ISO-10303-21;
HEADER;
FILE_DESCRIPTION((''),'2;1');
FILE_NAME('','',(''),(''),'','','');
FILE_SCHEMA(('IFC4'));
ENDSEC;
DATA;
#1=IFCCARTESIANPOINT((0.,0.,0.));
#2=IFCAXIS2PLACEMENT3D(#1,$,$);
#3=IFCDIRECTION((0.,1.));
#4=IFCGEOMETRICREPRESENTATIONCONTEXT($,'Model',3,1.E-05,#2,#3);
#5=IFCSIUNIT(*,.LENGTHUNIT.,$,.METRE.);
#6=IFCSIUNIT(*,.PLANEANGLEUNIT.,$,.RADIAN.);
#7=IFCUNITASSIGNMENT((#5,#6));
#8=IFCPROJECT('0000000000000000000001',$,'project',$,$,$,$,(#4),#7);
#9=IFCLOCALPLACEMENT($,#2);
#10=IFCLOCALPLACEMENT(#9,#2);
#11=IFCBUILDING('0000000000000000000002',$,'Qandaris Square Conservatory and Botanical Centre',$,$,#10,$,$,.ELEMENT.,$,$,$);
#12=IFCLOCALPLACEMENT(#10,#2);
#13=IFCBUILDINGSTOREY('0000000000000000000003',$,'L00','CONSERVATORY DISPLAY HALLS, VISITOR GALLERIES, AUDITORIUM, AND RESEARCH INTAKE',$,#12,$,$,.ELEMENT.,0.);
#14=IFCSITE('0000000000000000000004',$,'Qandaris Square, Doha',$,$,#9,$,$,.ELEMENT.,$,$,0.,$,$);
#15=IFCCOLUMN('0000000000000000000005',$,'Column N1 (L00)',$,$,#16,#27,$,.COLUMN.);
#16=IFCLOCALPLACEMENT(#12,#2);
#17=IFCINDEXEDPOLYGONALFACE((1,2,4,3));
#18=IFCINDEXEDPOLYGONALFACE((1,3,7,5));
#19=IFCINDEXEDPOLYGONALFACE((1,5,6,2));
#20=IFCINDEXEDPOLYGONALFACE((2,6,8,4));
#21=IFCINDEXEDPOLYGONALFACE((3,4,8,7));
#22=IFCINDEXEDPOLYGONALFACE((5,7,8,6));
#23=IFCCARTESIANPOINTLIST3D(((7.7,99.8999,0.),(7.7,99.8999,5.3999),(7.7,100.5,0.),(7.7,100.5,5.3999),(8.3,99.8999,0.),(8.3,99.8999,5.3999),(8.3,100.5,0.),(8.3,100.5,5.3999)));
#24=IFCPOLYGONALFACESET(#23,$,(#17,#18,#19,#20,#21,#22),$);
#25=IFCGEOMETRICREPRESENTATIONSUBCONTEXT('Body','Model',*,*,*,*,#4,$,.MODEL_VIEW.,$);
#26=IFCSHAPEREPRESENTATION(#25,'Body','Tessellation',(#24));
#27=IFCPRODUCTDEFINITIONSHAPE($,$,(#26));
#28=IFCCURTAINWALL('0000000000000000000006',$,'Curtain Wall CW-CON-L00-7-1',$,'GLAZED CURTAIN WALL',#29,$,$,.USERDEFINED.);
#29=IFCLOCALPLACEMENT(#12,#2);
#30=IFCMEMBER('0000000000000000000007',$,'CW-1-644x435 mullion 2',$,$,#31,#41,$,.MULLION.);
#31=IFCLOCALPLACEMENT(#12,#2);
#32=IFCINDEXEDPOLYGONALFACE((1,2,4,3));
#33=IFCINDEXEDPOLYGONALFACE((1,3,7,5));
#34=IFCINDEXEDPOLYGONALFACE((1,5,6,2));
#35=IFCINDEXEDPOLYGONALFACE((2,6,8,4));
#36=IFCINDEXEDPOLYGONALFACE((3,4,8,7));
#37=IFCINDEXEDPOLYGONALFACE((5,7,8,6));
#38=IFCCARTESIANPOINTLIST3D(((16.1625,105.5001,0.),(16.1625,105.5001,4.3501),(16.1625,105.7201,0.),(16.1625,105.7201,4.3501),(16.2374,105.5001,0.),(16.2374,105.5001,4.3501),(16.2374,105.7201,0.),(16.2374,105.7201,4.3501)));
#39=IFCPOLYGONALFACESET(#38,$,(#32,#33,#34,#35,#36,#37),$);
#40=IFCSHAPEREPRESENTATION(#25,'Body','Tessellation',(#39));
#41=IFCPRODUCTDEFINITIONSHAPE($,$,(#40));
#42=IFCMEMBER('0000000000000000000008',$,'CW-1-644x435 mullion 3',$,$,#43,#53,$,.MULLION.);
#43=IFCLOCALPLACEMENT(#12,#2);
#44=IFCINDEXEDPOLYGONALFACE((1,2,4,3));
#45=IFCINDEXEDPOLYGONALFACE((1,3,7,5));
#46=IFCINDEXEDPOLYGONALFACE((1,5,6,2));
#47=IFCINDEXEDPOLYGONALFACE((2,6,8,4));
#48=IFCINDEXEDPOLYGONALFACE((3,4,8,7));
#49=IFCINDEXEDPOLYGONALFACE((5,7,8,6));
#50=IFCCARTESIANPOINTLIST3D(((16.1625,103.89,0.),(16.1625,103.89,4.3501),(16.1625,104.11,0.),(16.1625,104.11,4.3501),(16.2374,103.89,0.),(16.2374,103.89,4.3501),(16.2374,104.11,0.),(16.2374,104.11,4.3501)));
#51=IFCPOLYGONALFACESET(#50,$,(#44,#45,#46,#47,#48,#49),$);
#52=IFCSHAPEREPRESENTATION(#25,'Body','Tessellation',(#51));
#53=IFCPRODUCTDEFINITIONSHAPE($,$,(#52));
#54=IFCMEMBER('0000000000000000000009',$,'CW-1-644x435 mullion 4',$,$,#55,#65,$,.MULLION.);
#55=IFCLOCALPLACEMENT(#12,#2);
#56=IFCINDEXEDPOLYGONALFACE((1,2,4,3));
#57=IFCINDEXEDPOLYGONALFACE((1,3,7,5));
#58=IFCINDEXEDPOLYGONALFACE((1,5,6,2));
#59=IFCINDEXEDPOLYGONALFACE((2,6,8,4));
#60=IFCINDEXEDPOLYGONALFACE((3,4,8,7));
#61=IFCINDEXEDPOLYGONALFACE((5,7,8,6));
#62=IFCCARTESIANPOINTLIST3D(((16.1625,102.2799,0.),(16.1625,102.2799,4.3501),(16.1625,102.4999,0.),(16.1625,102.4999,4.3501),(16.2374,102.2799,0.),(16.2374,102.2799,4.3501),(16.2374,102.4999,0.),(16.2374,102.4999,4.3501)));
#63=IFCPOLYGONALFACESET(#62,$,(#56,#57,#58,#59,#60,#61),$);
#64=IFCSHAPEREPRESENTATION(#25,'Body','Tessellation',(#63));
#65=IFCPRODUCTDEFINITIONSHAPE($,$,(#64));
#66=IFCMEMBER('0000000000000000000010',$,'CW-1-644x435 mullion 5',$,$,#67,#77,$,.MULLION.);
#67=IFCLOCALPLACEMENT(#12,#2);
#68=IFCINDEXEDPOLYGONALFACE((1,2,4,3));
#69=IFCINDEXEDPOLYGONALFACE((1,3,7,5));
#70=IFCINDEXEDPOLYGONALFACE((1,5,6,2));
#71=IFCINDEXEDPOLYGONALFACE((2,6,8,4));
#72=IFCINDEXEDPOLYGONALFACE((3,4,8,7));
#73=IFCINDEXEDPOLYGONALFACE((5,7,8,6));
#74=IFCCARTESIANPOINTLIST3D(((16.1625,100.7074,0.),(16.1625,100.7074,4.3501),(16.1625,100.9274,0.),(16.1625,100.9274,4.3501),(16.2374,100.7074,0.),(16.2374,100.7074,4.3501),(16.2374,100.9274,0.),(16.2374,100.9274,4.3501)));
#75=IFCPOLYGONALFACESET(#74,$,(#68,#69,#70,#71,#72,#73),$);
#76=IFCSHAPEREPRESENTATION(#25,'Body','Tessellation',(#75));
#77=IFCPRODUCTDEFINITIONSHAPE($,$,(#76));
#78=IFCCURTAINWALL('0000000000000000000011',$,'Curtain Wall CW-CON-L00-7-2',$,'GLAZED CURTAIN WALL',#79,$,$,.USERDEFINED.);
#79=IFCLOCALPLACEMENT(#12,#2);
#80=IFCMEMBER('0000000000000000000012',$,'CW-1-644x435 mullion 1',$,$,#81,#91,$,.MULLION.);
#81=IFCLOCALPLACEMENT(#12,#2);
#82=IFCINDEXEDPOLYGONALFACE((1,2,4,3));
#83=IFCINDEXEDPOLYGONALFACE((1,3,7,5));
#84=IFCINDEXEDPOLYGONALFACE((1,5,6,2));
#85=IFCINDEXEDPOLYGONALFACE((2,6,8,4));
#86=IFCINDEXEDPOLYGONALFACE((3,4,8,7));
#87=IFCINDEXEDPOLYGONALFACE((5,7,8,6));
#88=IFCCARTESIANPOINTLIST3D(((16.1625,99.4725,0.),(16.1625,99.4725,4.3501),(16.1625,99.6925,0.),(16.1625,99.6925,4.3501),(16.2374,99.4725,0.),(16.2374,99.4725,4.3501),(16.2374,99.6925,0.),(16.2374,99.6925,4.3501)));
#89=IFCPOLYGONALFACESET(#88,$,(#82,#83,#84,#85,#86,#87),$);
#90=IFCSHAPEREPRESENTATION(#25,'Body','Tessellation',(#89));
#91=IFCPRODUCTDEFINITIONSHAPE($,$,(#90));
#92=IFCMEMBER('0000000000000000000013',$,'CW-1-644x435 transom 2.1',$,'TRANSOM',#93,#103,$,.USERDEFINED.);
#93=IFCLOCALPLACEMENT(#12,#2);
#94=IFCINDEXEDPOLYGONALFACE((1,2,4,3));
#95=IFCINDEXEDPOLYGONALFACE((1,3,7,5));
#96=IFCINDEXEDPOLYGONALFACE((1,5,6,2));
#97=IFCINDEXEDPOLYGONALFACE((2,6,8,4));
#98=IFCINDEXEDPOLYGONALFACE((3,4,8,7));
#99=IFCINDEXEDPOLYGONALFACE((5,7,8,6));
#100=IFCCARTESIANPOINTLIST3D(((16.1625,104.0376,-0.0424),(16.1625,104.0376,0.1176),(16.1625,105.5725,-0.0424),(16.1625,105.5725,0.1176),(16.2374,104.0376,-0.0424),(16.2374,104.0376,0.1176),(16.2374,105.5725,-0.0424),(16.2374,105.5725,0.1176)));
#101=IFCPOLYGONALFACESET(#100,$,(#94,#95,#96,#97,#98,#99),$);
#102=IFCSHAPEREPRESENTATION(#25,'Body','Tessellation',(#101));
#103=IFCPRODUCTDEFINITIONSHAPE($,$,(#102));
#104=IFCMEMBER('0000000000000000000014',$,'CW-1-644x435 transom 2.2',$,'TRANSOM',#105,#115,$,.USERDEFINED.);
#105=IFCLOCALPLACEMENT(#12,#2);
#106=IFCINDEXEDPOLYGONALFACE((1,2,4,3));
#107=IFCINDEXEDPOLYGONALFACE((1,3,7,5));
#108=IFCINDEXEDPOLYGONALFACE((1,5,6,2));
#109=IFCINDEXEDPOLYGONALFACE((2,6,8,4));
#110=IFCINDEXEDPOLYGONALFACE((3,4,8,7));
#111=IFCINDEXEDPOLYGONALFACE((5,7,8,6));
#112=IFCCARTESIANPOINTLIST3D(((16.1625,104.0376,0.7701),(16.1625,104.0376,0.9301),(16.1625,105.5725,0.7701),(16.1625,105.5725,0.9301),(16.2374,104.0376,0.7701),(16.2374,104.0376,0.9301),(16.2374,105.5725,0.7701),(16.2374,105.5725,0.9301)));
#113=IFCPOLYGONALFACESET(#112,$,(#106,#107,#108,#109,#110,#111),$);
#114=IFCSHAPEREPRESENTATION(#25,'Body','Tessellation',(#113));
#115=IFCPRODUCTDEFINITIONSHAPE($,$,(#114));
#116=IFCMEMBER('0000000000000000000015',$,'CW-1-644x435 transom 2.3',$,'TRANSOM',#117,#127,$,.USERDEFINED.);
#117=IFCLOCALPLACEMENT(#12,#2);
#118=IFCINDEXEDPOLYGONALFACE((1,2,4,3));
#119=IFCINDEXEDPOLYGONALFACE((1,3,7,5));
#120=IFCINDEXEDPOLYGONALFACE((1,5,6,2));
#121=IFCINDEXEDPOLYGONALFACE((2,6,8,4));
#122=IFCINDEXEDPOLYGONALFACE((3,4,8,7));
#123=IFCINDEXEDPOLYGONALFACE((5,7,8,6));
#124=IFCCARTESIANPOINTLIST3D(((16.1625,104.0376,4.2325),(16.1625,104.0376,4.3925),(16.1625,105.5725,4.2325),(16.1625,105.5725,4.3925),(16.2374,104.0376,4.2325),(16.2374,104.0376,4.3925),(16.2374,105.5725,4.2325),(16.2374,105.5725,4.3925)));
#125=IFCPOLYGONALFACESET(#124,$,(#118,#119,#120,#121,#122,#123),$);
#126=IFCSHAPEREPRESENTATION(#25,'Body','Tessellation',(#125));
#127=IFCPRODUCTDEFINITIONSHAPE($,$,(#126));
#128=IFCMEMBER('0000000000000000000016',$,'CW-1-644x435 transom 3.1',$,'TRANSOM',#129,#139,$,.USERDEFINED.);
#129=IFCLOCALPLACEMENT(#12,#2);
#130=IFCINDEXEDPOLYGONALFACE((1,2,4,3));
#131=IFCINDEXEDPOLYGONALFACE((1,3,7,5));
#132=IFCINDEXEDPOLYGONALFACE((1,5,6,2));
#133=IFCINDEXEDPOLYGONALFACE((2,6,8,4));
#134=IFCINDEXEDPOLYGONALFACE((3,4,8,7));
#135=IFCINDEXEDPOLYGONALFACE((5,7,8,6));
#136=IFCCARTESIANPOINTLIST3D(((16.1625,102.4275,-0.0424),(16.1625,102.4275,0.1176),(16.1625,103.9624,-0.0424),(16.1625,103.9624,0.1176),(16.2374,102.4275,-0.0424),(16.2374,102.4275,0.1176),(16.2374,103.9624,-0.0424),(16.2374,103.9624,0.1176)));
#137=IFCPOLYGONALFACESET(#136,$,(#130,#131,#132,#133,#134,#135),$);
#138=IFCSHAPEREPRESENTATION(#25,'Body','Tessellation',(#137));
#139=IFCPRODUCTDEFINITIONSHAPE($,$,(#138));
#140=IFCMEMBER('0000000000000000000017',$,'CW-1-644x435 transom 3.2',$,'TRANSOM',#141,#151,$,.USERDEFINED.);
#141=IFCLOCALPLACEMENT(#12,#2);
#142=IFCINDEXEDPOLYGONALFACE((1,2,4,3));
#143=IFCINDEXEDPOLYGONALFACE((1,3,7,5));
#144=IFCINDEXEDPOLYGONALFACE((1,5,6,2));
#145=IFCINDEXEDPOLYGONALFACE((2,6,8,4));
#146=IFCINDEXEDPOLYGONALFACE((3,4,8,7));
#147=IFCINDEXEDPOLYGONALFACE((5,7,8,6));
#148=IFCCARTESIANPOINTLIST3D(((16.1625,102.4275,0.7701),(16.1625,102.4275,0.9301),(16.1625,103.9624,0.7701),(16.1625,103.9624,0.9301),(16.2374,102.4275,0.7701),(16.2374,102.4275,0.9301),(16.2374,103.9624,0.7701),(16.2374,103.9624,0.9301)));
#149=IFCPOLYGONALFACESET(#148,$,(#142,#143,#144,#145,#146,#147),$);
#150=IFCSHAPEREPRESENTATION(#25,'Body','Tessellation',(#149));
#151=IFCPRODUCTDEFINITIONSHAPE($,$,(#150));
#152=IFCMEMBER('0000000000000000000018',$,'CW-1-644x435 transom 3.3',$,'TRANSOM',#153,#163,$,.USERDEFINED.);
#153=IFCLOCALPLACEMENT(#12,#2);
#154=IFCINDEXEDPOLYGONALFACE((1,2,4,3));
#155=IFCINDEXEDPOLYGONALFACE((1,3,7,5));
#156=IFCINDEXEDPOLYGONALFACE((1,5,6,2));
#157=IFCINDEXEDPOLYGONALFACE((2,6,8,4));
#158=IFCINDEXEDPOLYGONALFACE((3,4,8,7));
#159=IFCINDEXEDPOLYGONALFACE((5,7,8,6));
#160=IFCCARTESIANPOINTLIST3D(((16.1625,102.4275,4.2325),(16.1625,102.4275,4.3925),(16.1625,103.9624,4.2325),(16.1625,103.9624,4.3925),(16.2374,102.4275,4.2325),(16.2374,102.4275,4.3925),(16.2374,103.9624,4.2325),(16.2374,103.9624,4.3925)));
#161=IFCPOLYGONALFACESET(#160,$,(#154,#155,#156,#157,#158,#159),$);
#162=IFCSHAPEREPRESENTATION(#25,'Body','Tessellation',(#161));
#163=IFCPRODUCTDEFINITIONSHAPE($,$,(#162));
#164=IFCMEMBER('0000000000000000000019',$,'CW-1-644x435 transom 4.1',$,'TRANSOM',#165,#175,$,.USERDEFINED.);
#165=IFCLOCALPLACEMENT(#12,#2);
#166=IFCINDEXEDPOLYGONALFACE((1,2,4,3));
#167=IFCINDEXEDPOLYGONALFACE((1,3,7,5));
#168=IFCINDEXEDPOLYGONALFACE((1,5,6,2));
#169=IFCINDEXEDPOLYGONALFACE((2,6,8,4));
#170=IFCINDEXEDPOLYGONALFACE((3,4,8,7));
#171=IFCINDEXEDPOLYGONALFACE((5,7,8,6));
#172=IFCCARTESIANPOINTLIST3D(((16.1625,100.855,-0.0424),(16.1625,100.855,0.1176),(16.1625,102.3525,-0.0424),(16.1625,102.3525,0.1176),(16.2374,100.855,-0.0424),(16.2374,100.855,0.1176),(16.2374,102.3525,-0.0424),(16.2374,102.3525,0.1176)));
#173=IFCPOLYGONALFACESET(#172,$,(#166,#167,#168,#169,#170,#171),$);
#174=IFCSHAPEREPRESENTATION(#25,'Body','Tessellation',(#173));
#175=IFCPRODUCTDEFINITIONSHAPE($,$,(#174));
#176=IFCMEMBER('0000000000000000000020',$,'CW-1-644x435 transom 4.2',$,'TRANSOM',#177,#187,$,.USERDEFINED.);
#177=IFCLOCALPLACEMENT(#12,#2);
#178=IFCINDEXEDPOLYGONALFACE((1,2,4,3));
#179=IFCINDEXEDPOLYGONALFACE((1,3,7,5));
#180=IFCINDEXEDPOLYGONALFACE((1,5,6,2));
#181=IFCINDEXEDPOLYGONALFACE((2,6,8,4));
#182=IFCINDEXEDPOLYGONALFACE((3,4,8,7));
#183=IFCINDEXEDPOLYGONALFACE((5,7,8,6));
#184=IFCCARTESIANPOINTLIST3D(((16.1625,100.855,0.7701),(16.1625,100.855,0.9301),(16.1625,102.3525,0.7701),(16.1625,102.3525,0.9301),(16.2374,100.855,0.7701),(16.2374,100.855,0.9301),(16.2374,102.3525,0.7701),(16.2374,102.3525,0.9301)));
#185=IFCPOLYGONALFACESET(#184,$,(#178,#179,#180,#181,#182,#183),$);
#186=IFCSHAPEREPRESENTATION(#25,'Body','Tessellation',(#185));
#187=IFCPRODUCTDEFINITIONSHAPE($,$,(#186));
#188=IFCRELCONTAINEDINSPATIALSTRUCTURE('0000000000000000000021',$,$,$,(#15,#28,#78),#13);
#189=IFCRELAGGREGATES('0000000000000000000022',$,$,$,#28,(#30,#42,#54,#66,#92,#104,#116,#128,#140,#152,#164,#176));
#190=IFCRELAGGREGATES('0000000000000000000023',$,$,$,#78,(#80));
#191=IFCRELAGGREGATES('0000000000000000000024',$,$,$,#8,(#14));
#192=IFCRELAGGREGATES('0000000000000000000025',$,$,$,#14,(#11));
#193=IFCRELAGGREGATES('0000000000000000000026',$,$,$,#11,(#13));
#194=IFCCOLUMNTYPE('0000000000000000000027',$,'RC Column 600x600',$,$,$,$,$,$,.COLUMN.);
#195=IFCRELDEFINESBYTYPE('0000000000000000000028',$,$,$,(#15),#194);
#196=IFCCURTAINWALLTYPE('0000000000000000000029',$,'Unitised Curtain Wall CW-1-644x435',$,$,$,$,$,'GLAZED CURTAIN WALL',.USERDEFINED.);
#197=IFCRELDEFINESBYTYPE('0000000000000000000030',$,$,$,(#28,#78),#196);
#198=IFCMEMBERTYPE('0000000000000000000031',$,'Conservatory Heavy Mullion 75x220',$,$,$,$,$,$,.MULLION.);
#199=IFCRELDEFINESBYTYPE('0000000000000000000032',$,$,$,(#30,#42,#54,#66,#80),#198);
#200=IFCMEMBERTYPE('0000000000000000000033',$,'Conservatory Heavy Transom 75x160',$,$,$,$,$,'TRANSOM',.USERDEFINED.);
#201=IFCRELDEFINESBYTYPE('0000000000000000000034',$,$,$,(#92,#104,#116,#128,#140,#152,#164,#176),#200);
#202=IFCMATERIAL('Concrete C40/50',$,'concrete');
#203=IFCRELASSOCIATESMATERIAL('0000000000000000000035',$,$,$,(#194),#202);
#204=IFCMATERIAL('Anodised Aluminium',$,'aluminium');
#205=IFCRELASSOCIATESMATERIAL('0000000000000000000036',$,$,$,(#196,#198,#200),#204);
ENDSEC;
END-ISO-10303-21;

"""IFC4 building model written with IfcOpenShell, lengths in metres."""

from ifc_helpers import new_model, si_unit, direction, frame, origin, origin_2d, place, context, subcontext, project, spatial, rectangle, extrude, material, material_profile, profile_set, type_object, element, aggregate, save


model = new_model("IFC4")

# Units and contexts
model_context = context("Model", 3, precision=1e-05, world=origin(), true_north=direction((0.0, 1.0)))
body_context = subcontext(model_context, "Body", "Model", "MODEL_VIEW")
ifc_project = project(units=[si_unit("LENGTHUNIT", "METRE"), si_unit("PLANEANGLEUNIT", "RADIAN")], contexts=[model_context])

# Site, building, storey
site_placement = place(None, origin())
site = spatial("IfcSite", under=ifc_project, at=site_placement, Name="Qandaris Square, Doha", CompositionType="ELEMENT", RefElevation=0.0)
building_placement = place(site_placement, origin())
building = spatial("IfcBuilding", under=site, at=building_placement, Name="Qandaris Square Conservatory and Botanical Centre", CompositionType="ELEMENT")
storey_placement = place(building_placement, origin())
storey = spatial("IfcBuildingStorey", under=building, at=storey_placement, Name="L00", Description="CONSERVATORY DISPLAY HALLS, VISITOR GALLERIES, AUDITORIUM, AND RESEARCH INTAKE", CompositionType="ELEMENT", Elevation=0.0)

# Shared definitions
ifc_material_1 = material(Name="Concrete C40/50", Category="concrete")

# Column
ifc_material_profile_1 = material_profile(ifc_material_1, rectangle(XDim=0.6001, YDim=0.6001, at=origin_2d()), Name="RC-COL 600x600")
ifc_profile_set_1 = profile_set([ifc_material_profile_1], Name="Concrete C40/50")
column_type_1 = type_object("IfcColumnType", Name="RC Column 600x600", PredefinedType="COLUMN", material=ifc_profile_set_1)
column_1_placement = place(storey_placement, frame((8.0, 100.2, 0.0), z_axis=(0.0, 0.0, 1.0), x_axis=(1.0, 0.0, 0.0)))
element("IfcColumn", 1, at=column_1_placement, inside=storey, type_object=column_type_1, Name="Column N1 (L00)", PredefinedType="COLUMN", context=body_context, shape_type="SweptSolid", body=[
    extrude(rectangle(XDim=0.6001, YDim=0.6001, at=origin_2d()), origin(), (0.0, 0.0, 1.0), 5.3999),
])

# Curtain wall, members
ifc_material_2 = material(Name="Anodised Aluminium", Category="aluminium")
curtain_wall_type = type_object("IfcCurtainWallType", Name="Unitised Curtain Wall CW-1-644x435", ElementType="GLAZED CURTAIN WALL", PredefinedType="USERDEFINED", material=ifc_material_2)
curtain_wall_1_placement = place(storey_placement, origin())
curtain_wall_1 = element("IfcCurtainWall", 2, at=curtain_wall_1_placement, inside=storey, type_object=curtain_wall_type, Name="Curtain Wall CW-CON-L00-7-1", ObjectType="GLAZED CURTAIN WALL", PredefinedType="USERDEFINED")
ifc_material_profile_2 = material_profile(ifc_material_2, rectangle(XDim=0.075, YDim=0.22, at=origin_2d()), Name="ALU-MUL 75x220")
ifc_profile_set_2 = profile_set([ifc_material_profile_2], Name="Anodised Aluminium")
member_type_1 = type_object("IfcMemberType", Name="Conservatory Heavy Mullion 75x220", PredefinedType="MULLION", material=ifc_profile_set_2)
member_1_placement = place(storey_placement, frame((16.2, 105.6101, 0.0), z_axis=(0.0, 0.0, 1.0), x_axis=(1.0, 0.0, 0.0)))
member_1 = element("IfcMember", 3, at=member_1_placement, type_object=member_type_1, Name="CW-1-644x435 mullion 2", PredefinedType="MULLION", context=body_context, shape_type="SweptSolid", body=[
    extrude(rectangle(XDim=0.075, YDim=0.22, at=origin_2d()), origin(), (0.0, 0.0, 1.0), 4.3501),
])
member_2_placement = place(storey_placement, frame((16.2, 104.0, 0.0), z_axis=(0.0, 0.0, 1.0), x_axis=(1.0, 0.0, 0.0)))
member_2 = element("IfcMember", 4, at=member_2_placement, type_object=member_type_1, Name="CW-1-644x435 mullion 3", PredefinedType="MULLION", context=body_context, shape_type="SweptSolid", body=[
    extrude(rectangle(XDim=0.075, YDim=0.22, at=origin_2d()), origin(), (0.0, 0.0, 1.0), 4.3501),
])
member_3_placement = place(storey_placement, frame((16.2, 102.3899, 0.0), z_axis=(0.0, 0.0, 1.0), x_axis=(1.0, 0.0, 0.0)))
member_3 = element("IfcMember", 5, at=member_3_placement, type_object=member_type_1, Name="CW-1-644x435 mullion 4", PredefinedType="MULLION", context=body_context, shape_type="SweptSolid", body=[
    extrude(rectangle(XDim=0.075, YDim=0.22, at=origin_2d()), origin(), (0.0, 0.0, 1.0), 4.3501),
])
member_4_placement = place(storey_placement, frame((16.2, 100.8174, 0.0), z_axis=(0.0, 0.0, 1.0), x_axis=(1.0, 0.0, 0.0)))
member_4 = element("IfcMember", 6, at=member_4_placement, type_object=member_type_1, Name="CW-1-644x435 mullion 5", PredefinedType="MULLION", context=body_context, shape_type="SweptSolid", body=[
    extrude(rectangle(XDim=0.075, YDim=0.22, at=origin_2d()), origin(), (0.0, 0.0, 1.0), 4.3501),
])

# Curtain wall, member
curtain_wall_2_placement = place(storey_placement, origin())
curtain_wall_2 = element("IfcCurtainWall", 7, at=curtain_wall_2_placement, inside=storey, type_object=curtain_wall_type, Name="Curtain Wall CW-CON-L00-7-2", ObjectType="GLAZED CURTAIN WALL", PredefinedType="USERDEFINED")
member_5_placement = place(storey_placement, frame((16.2, 99.5825, 0.0), z_axis=(0.0, 0.0, 1.0), x_axis=(1.0, 0.0, 0.0)))
member_5 = element("IfcMember", 8, at=member_5_placement, type_object=member_type_1, Name="CW-1-644x435 mullion 1", PredefinedType="MULLION", context=body_context, shape_type="SweptSolid", body=[
    extrude(rectangle(XDim=0.075, YDim=0.22, at=origin_2d()), origin(), (0.0, 0.0, 1.0), 4.3501),
])

# Members
ifc_material_profile_3 = material_profile(ifc_material_2, rectangle(XDim=0.075, YDim=0.1599, at=origin_2d()), Name="ALU-TRN 75x160")
ifc_profile_set_3 = profile_set([ifc_material_profile_3], Name="Anodised Aluminium")
member_type_2 = type_object("IfcMemberType", Name="Conservatory Heavy Transom 75x160", ElementType="TRANSOM", PredefinedType="USERDEFINED", material=ifc_profile_set_3)
member_6_placement = place(storey_placement, frame((16.2, 105.5725, 0.0376), z_axis=(0.0, -1.0, 0.0), x_axis=(1.0, 0.0, 0.0)))
member_6 = element("IfcMember", 9, at=member_6_placement, type_object=member_type_2, Name="CW-1-644x435 transom 2.1", ObjectType="TRANSOM", PredefinedType="USERDEFINED", context=body_context, shape_type="SweptSolid", body=[
    extrude(rectangle(XDim=0.075, YDim=0.1599, at=origin_2d()), origin(), (0.0, 0.0, 1.0), 1.5349),
])
member_7_placement = place(storey_placement, frame((16.2, 105.5725, 0.8501), z_axis=(0.0, -1.0, 0.0), x_axis=(1.0, 0.0, 0.0)))
member_7 = element("IfcMember", 10, at=member_7_placement, type_object=member_type_2, Name="CW-1-644x435 transom 2.2", ObjectType="TRANSOM", PredefinedType="USERDEFINED", context=body_context, shape_type="SweptSolid", body=[
    extrude(rectangle(XDim=0.075, YDim=0.1599, at=origin_2d()), origin(), (0.0, 0.0, 1.0), 1.5349),
])
member_8_placement = place(storey_placement, frame((16.2, 105.5725, 4.3125), z_axis=(0.0, -1.0, 0.0), x_axis=(1.0, 0.0, 0.0)))
member_8 = element("IfcMember", 11, at=member_8_placement, type_object=member_type_2, Name="CW-1-644x435 transom 2.3", ObjectType="TRANSOM", PredefinedType="USERDEFINED", context=body_context, shape_type="SweptSolid", body=[
    extrude(rectangle(XDim=0.075, YDim=0.1599, at=origin_2d()), origin(), (0.0, 0.0, 1.0), 1.5349),
])
member_9_placement = place(storey_placement, frame((16.2, 103.9624, 0.0376), z_axis=(0.0, -1.0, 0.0), x_axis=(1.0, 0.0, 0.0)))
member_9 = element("IfcMember", 12, at=member_9_placement, type_object=member_type_2, Name="CW-1-644x435 transom 3.1", ObjectType="TRANSOM", PredefinedType="USERDEFINED", context=body_context, shape_type="SweptSolid", body=[
    extrude(rectangle(XDim=0.075, YDim=0.1599, at=origin_2d()), origin(), (0.0, 0.0, 1.0), 1.5349),
])
member_10_placement = place(storey_placement, frame((16.2, 103.9624, 0.8501), z_axis=(0.0, -1.0, 0.0), x_axis=(1.0, 0.0, 0.0)))
member_10 = element("IfcMember", 13, at=member_10_placement, type_object=member_type_2, Name="CW-1-644x435 transom 3.2", ObjectType="TRANSOM", PredefinedType="USERDEFINED", context=body_context, shape_type="SweptSolid", body=[
    extrude(rectangle(XDim=0.075, YDim=0.1599, at=origin_2d()), origin(), (0.0, 0.0, 1.0), 1.5349),
])
member_11_placement = place(storey_placement, frame((16.2, 103.9624, 4.3125), z_axis=(0.0, -1.0, 0.0), x_axis=(1.0, 0.0, 0.0)))
member_11 = element("IfcMember", 14, at=member_11_placement, type_object=member_type_2, Name="CW-1-644x435 transom 3.3", ObjectType="TRANSOM", PredefinedType="USERDEFINED", context=body_context, shape_type="SweptSolid", body=[
    extrude(rectangle(XDim=0.075, YDim=0.1599, at=origin_2d()), origin(), (0.0, 0.0, 1.0), 1.5349),
])
member_12_placement = place(storey_placement, frame((16.2, 102.3525, 0.0376), z_axis=(0.0, -1.0, 0.0), x_axis=(1.0, 0.0, 0.0)))
member_12 = element("IfcMember", 15, at=member_12_placement, type_object=member_type_2, Name="CW-1-644x435 transom 4.1", ObjectType="TRANSOM", PredefinedType="USERDEFINED", context=body_context, shape_type="SweptSolid", body=[
    extrude(rectangle(XDim=0.075, YDim=0.1599, at=origin_2d()), origin(), (0.0, 0.0, 1.0), 1.4976),
])
member_13_placement = place(storey_placement, frame((16.2, 102.3525, 0.8501), z_axis=(0.0, -1.0, 0.0), x_axis=(1.0, 0.0, 0.0)))
member_13 = element("IfcMember", 16, at=member_13_placement, type_object=member_type_2, Name="CW-1-644x435 transom 4.2", ObjectType="TRANSOM", PredefinedType="USERDEFINED", context=body_context, shape_type="SweptSolid", body=[
    extrude(rectangle(XDim=0.075, YDim=0.1599, at=origin_2d()), origin(), (0.0, 0.0, 1.0), 1.4976),
])

aggregate(curtain_wall_1, [member_1, member_2, member_3, member_4, member_6, member_7, member_8, member_9, member_10, member_11, member_12, member_13])
aggregate(curtain_wall_2, [member_5])

save(model, "model.ifc")
